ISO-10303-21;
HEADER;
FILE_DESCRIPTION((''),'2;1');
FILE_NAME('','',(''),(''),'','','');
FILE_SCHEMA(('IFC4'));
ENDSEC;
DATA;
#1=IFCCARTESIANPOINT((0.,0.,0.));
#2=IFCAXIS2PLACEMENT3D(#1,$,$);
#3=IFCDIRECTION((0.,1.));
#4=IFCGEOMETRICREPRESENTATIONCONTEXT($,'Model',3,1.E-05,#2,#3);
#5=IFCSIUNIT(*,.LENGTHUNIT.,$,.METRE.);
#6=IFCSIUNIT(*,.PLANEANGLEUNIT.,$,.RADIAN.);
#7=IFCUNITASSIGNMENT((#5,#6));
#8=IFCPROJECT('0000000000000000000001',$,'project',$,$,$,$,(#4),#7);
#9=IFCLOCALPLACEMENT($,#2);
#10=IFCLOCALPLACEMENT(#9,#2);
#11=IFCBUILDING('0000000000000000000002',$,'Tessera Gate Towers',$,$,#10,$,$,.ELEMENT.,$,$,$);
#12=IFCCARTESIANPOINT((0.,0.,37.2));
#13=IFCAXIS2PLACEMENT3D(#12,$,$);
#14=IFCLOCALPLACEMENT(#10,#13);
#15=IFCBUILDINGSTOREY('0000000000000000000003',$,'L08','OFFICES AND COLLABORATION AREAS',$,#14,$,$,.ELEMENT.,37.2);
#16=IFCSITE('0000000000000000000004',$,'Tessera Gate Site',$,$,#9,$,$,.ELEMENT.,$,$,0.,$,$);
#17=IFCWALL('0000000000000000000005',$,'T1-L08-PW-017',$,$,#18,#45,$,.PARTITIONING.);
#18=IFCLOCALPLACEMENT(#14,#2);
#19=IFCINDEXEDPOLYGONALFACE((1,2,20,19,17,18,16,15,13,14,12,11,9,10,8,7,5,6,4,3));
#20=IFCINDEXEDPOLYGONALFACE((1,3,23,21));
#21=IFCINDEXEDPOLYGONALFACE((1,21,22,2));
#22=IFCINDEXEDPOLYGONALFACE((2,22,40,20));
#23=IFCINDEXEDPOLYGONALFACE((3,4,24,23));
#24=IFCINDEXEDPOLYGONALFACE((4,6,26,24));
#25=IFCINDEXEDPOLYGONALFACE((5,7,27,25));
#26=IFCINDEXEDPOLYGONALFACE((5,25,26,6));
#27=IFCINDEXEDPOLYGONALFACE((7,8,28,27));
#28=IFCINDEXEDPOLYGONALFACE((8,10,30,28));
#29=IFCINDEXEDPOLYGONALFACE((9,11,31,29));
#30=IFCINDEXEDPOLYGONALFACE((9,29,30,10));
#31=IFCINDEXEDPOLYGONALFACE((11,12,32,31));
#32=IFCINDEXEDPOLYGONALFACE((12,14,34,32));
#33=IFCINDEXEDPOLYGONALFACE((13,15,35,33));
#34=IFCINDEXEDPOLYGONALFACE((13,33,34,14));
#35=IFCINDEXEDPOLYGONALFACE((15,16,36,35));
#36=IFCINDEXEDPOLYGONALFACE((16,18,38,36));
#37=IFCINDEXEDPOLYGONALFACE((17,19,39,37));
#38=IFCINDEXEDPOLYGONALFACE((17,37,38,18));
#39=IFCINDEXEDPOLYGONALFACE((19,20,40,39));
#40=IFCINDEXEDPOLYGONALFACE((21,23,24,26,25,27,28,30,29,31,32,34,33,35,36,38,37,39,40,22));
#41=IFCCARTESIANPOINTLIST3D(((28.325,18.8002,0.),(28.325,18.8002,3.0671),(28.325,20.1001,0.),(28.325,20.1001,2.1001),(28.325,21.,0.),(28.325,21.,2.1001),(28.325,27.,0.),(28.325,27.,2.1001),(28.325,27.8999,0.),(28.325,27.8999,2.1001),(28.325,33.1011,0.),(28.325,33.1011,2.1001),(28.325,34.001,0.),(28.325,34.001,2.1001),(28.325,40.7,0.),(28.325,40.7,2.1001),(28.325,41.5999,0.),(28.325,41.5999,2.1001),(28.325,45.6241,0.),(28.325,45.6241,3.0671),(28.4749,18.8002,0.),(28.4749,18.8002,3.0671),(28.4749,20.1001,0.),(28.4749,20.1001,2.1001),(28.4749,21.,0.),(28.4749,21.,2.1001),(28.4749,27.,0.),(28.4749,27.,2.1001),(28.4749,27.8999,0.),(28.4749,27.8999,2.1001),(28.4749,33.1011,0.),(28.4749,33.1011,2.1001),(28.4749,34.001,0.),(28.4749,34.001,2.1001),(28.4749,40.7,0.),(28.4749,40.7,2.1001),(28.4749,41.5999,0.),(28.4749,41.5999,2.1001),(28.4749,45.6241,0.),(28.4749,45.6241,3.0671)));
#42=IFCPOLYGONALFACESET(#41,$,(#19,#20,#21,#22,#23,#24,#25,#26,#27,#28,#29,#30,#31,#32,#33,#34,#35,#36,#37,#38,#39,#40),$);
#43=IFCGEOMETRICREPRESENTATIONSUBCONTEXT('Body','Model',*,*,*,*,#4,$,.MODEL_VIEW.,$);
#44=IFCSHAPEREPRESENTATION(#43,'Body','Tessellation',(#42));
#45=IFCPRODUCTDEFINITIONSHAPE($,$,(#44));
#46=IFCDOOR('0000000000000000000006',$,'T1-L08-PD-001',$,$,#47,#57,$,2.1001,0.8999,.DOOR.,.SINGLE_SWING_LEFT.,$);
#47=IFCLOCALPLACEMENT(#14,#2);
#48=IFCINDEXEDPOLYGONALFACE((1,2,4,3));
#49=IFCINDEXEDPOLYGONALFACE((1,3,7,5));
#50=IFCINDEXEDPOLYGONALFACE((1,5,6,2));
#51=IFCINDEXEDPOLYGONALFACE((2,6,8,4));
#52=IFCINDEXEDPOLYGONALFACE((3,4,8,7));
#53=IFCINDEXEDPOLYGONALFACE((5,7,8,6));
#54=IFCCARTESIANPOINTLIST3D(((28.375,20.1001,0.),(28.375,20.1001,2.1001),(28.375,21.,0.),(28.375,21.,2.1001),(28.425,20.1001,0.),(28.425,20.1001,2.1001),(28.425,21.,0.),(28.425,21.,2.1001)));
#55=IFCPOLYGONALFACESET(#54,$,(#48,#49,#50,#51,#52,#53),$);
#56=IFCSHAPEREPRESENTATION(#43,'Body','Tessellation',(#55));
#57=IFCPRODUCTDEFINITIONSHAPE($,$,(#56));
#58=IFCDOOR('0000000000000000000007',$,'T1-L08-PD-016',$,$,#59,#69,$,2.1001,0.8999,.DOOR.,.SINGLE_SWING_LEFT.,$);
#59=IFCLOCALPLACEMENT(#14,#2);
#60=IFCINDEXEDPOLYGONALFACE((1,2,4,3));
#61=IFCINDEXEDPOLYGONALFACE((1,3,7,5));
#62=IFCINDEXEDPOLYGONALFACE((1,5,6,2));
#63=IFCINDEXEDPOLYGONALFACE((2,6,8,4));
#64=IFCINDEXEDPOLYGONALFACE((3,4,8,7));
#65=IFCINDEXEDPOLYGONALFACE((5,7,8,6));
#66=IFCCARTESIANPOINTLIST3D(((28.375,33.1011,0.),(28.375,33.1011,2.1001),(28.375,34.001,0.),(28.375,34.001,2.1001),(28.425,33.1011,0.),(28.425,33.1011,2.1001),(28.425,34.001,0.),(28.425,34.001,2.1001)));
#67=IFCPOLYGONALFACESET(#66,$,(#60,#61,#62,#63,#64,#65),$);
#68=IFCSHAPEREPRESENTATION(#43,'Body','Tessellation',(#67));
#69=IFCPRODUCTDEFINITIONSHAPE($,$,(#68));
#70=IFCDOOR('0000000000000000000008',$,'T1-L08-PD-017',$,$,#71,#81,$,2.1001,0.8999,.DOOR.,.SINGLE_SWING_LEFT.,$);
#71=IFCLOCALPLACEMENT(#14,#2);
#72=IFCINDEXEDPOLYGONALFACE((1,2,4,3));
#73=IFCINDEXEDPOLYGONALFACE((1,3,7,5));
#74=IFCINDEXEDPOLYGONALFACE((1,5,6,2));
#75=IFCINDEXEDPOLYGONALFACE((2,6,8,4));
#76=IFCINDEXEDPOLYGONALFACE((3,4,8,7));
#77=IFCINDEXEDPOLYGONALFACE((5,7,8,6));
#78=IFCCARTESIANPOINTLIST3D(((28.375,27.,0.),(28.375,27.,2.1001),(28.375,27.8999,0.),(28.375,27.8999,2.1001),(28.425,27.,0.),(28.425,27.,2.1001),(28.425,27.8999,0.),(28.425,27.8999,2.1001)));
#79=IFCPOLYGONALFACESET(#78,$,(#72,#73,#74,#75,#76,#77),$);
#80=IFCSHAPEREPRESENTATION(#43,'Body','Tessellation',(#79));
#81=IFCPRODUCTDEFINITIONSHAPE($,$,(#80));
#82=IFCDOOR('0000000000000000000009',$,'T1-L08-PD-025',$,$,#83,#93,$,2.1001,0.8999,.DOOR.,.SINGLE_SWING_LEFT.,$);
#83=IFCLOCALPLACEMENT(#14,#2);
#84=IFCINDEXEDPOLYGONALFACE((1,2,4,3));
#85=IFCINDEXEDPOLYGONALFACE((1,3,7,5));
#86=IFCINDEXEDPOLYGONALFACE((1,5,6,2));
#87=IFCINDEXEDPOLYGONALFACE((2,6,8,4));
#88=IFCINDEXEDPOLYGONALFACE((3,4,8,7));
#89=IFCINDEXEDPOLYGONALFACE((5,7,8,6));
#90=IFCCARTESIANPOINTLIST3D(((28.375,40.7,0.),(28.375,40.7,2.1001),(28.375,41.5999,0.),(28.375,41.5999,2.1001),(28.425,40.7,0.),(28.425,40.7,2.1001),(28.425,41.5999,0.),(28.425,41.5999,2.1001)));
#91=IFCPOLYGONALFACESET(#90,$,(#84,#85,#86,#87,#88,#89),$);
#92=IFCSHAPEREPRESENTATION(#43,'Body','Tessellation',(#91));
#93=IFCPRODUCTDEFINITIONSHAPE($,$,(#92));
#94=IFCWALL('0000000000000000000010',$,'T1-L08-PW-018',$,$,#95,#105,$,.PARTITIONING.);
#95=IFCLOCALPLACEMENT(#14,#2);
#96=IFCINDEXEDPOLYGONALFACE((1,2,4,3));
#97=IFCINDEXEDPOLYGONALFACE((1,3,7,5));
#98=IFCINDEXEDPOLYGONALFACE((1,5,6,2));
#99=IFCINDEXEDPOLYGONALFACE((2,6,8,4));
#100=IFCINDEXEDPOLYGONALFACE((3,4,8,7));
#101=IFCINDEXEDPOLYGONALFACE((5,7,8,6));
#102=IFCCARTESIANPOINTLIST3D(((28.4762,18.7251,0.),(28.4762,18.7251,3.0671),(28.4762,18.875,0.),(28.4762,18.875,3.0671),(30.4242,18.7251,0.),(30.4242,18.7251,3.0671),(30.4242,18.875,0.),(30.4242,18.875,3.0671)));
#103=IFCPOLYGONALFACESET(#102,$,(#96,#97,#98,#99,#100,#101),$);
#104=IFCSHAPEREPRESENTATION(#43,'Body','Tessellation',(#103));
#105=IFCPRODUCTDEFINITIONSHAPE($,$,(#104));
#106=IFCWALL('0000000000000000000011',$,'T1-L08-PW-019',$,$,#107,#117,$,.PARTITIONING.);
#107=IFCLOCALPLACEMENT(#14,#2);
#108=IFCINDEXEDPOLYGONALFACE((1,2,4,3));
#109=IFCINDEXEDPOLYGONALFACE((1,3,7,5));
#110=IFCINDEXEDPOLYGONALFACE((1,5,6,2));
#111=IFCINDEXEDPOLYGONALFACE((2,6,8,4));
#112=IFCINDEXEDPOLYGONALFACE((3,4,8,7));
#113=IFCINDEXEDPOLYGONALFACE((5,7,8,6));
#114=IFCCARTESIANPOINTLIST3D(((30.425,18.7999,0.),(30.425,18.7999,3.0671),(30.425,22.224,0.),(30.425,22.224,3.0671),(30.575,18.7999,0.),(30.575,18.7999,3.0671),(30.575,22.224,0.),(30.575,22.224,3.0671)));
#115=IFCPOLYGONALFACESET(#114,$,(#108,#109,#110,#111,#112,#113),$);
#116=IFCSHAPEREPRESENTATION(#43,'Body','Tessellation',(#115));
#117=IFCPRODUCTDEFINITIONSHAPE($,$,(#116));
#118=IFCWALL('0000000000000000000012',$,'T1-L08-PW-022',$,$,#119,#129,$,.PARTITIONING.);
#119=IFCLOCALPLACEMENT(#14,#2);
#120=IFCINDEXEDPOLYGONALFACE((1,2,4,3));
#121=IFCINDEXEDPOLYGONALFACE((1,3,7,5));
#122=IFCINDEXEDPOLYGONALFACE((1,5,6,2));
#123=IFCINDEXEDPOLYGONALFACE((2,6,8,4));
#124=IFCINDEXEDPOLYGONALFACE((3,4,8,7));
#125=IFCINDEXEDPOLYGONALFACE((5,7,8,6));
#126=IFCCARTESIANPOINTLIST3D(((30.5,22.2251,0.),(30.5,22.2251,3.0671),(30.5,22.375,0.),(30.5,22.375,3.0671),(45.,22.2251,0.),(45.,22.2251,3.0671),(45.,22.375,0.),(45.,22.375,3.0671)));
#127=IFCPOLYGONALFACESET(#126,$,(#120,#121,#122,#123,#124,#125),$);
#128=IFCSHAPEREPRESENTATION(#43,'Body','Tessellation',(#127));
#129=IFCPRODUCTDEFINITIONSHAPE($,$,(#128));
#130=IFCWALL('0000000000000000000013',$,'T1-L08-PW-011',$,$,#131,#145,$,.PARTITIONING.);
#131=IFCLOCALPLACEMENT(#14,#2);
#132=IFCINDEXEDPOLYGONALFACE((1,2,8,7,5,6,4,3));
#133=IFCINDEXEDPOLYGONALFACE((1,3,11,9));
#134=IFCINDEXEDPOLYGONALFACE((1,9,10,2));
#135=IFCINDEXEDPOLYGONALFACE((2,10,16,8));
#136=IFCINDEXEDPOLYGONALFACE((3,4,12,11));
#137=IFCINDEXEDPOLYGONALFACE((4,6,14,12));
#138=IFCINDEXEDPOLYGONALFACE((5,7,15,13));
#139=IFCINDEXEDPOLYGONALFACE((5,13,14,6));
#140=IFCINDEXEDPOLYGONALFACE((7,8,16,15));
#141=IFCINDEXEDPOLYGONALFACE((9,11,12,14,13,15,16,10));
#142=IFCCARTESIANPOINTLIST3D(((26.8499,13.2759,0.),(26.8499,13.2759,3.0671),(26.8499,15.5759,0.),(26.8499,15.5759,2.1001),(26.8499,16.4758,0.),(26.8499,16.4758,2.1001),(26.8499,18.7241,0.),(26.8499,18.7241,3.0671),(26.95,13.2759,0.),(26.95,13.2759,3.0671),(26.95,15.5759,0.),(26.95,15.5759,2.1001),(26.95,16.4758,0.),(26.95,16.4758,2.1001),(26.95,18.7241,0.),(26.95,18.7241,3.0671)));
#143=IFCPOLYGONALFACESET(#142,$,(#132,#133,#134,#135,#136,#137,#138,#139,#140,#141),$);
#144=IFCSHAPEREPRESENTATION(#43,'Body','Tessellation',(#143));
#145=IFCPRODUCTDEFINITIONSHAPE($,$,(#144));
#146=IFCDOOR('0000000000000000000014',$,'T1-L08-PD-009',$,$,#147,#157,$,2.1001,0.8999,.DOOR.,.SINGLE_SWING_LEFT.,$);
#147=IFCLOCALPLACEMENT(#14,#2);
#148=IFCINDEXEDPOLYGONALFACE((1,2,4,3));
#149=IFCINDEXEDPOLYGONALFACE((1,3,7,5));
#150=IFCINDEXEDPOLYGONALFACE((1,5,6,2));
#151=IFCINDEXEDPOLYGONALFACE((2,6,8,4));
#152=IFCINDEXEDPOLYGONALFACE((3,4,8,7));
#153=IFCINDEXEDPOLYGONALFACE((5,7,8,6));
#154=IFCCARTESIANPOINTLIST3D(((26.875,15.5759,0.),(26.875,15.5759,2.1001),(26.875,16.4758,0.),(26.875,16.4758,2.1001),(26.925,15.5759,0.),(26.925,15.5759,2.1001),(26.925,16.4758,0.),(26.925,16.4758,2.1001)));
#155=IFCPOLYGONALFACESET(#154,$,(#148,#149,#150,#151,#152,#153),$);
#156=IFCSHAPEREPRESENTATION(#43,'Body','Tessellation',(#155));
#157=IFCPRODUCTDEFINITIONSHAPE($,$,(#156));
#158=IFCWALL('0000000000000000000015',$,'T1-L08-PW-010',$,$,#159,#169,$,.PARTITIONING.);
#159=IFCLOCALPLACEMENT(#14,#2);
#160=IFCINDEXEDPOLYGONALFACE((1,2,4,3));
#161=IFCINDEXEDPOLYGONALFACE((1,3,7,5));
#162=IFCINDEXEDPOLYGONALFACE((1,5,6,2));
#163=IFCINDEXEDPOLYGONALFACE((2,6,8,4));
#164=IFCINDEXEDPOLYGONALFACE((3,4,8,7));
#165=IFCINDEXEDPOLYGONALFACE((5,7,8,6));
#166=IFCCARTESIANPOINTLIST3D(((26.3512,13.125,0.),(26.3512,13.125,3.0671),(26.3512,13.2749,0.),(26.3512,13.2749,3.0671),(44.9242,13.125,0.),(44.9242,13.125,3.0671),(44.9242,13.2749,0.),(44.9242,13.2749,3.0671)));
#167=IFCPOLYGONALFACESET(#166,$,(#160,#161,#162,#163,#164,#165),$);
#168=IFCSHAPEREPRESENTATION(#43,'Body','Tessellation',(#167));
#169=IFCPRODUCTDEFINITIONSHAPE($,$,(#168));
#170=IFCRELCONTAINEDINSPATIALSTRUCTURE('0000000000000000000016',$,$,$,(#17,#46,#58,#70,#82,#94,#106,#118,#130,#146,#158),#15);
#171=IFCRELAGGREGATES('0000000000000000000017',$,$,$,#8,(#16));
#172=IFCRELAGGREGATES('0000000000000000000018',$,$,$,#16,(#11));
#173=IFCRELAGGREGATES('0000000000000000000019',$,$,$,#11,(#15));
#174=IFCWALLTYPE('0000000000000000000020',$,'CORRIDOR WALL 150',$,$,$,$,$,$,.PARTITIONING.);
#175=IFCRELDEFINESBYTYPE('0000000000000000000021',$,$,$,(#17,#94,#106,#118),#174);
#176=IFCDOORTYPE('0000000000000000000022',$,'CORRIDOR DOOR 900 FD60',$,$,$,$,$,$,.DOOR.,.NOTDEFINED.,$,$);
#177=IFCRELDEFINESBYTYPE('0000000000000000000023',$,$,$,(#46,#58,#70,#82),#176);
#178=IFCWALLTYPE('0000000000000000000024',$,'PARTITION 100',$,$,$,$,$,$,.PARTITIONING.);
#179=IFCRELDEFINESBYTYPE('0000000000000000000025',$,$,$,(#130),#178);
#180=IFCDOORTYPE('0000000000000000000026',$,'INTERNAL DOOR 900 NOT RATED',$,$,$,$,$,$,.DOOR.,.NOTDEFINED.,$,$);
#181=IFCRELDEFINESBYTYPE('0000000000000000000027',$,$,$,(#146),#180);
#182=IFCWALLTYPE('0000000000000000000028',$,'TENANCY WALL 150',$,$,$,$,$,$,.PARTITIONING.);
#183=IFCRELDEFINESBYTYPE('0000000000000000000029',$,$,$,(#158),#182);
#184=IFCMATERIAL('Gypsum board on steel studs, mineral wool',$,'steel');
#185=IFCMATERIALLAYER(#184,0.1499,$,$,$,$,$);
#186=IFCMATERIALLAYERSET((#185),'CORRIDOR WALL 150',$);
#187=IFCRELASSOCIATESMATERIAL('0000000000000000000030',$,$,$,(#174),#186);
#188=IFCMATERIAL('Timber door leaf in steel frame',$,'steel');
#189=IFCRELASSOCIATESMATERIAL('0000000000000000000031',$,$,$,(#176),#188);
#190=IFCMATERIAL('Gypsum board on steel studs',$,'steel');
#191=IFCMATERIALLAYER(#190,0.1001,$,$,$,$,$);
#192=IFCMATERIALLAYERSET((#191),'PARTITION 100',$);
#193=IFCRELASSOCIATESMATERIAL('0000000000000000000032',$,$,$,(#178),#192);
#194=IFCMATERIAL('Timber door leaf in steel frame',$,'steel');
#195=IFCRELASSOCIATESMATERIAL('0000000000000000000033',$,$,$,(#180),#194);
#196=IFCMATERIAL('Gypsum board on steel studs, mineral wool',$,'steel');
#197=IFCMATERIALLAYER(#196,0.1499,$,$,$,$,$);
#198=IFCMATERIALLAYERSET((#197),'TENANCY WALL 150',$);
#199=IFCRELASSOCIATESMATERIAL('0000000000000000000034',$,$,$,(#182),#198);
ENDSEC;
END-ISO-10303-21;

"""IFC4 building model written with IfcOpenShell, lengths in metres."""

from ifc_helpers import new_model, si_unit, direction, frame, frame_2d, origin, place, context, subcontext, project, spatial, rectangle, extrude, source, transform, mapped, material, layer, layer_set, type_object, element, fill, save


model = new_model("IFC4")

# Units and contexts
model_context = context("Model", 3, precision=1e-05, world=origin(), true_north=direction((0.0, 1.0)))
body_context = subcontext(model_context, "Body", "Model", "MODEL_VIEW")
ifc_project = project(units=[si_unit("LENGTHUNIT", "METRE"), si_unit("PLANEANGLEUNIT", "RADIAN")], contexts=[model_context])

# Site, building, storey
site_placement = place(None, origin())
site = spatial("IfcSite", under=ifc_project, at=site_placement, Name="Tessera Gate Site", CompositionType="ELEMENT", RefElevation=0.0)
building_placement = place(site_placement, origin())
building = spatial("IfcBuilding", under=site, at=building_placement, Name="Tessera Gate Towers", CompositionType="ELEMENT")
storey_placement = place(building_placement, frame((0.0, 0.0, 37.2)))
storey = spatial("IfcBuildingStorey", under=building, at=storey_placement, Name="L08", Description="OFFICES AND COLLABORATION AREAS", CompositionType="ELEMENT", Elevation=37.2)

# Wall, openings, doors
ifc_material_1 = material(Name="Gypsum board on steel studs, mineral wool", Category="steel")
ifc_layer_1 = layer(ifc_material_1, 0.1499)
ifc_layer_set_1 = layer_set([ifc_layer_1], Name="CORRIDOR WALL 150")
wall_type_1 = type_object("IfcWallType", Name="CORRIDOR WALL 150", PredefinedType="PARTITIONING", material=ifc_layer_set_1)
wall_1_placement = place(storey_placement, frame((28.3999, 18.8, 0.0), z_axis=(0.0, 0.0, 1.0), x_axis=(0.0, 1.0, 0.0)))
wall_1 = element("IfcWall", 1, at=wall_1_placement, inside=storey, type_object=wall_type_1, Name="T1-L08-PW-017", PredefinedType="PARTITIONING", context=body_context, shape_type="SweptSolid", body=[
    extrude(rectangle(XDim=26.824, YDim=0.1499, at=frame_2d((13.4121, 0.0))), origin(), (0.0, 0.0, 1.0), 3.0671),
])
shared_shape_1 = source(origin(), body_context, "Body", "SweptSolid", [
    extrude(rectangle(XDim=0.8999, YDim=2.1001, at=frame_2d((0.45, 1.05))), frame((0.0, 0.085, 0.0), z_axis=(0.0, -1.0, 0.0), x_axis=(1.0, 0.0, 0.0)), (0.0, 0.0, 1.0), 0.1699),
])
opening_1_placement = place(wall_1_placement, frame((1.3, 0.0, 0.0)))
opening_1 = element("IfcOpeningElement", 2, at=opening_1_placement, cuts=wall_1, PredefinedType="OPENING", context=body_context, shape_type="MappedRepresentation", body=[
    mapped(shared_shape_1, transform((0.0, 0.0, 0.0), scale=1.0)),
])
opening_2_placement = place(wall_1_placement, frame((14.301, 0.0, 0.0)))
opening_2 = element("IfcOpeningElement", 3, at=opening_2_placement, cuts=wall_1, PredefinedType="OPENING", context=body_context, shape_type="MappedRepresentation", body=[
    mapped(shared_shape_1, transform((0.0, 0.0, 0.0), scale=1.0)),
])
opening_3_placement = place(wall_1_placement, frame((8.2, 0.0, 0.0)))
opening_3 = element("IfcOpeningElement", 4, at=opening_3_placement, cuts=wall_1, PredefinedType="OPENING", context=body_context, shape_type="MappedRepresentation", body=[
    mapped(shared_shape_1, transform((0.0, 0.0, 0.0), scale=1.0)),
])
opening_4_placement = place(wall_1_placement, frame((21.8999, 0.0, 0.0)))
opening_4 = element("IfcOpeningElement", 5, at=opening_4_placement, cuts=wall_1, PredefinedType="OPENING", context=body_context, shape_type="MappedRepresentation", body=[
    mapped(shared_shape_1, transform((0.0, 0.0, 0.0), scale=1.0)),
])
ifc_material_2 = material(Name="Timber door leaf in steel frame", Category="steel")
door_type_1 = type_object("IfcDoorType", Name="CORRIDOR DOOR 900 FD60", OperationType="NOTDEFINED", PredefinedType="DOOR", material=ifc_material_2)
shared_shape_2 = source(origin(), body_context, "Body", "SweptSolid", [
    extrude(rectangle(XDim=0.8999, YDim=2.1001, at=frame_2d((0.45, 1.05))), frame((0.0, 0.0249, 0.0), z_axis=(0.0, -1.0, 0.0), x_axis=(1.0, 0.0, 0.0)), (0.0, 0.0, 1.0), 0.05),
])
door_1_placement = place(opening_1_placement, origin())
door_1 = element("IfcDoor", 6, at=door_1_placement, inside=storey, type_object=door_type_1, Name="T1-L08-PD-001", OperationType="SINGLE_SWING_LEFT", OverallHeight=2.1001, OverallWidth=0.8999, PredefinedType="DOOR", context=body_context, shape_type="MappedRepresentation", body=[
    mapped(shared_shape_2, transform((0.0, 0.0, 0.0), scale=1.0)),
])
fill(opening_1, door_1)
door_2_placement = place(opening_2_placement, origin())
door_2 = element("IfcDoor", 7, at=door_2_placement, inside=storey, type_object=door_type_1, Name="T1-L08-PD-016", OperationType="SINGLE_SWING_LEFT", OverallHeight=2.1001, OverallWidth=0.8999, PredefinedType="DOOR", context=body_context, shape_type="MappedRepresentation", body=[
    mapped(shared_shape_2, transform((0.0, 0.0, 0.0), scale=1.0)),
])
fill(opening_2, door_2)
door_3_placement = place(opening_3_placement, origin())
door_3 = element("IfcDoor", 8, at=door_3_placement, inside=storey, type_object=door_type_1, Name="T1-L08-PD-017", OperationType="SINGLE_SWING_LEFT", OverallHeight=2.1001, OverallWidth=0.8999, PredefinedType="DOOR", context=body_context, shape_type="MappedRepresentation", body=[
    mapped(shared_shape_2, transform((0.0, 0.0, 0.0), scale=1.0)),
])
fill(opening_3, door_3)
door_4_placement = place(opening_4_placement, origin())
door_4 = element("IfcDoor", 9, at=door_4_placement, inside=storey, type_object=door_type_1, Name="T1-L08-PD-025", OperationType="SINGLE_SWING_LEFT", OverallHeight=2.1001, OverallWidth=0.8999, PredefinedType="DOOR", context=body_context, shape_type="MappedRepresentation", body=[
    mapped(shared_shape_2, transform((0.0, 0.0, 0.0), scale=1.0)),
])
fill(opening_4, door_4)

# Walls
wall_2_placement = place(storey_placement, frame((28.4761, 18.8, 0.0), z_axis=(0.0, 0.0, 1.0), x_axis=(1.0, 0.0, 0.0)))
element("IfcWall", 10, at=wall_2_placement, inside=storey, type_object=wall_type_1, Name="T1-L08-PW-018", PredefinedType="PARTITIONING", context=body_context, shape_type="SweptSolid", body=[
    extrude(rectangle(XDim=1.948, YDim=0.1499, at=frame_2d((0.9741, 0.0))), origin(), (0.0, 0.0, 1.0), 3.0671),
])
wall_3_placement = place(storey_placement, frame((30.5, 18.8, 0.0), z_axis=(0.0, 0.0, 1.0), x_axis=(0.0, 1.0, 0.0)))
element("IfcWall", 11, at=wall_3_placement, inside=storey, type_object=wall_type_1, Name="T1-L08-PW-019", PredefinedType="PARTITIONING", context=body_context, shape_type="SweptSolid", body=[
    extrude(rectangle(XDim=3.4241, YDim=0.1499, at=frame_2d((1.7119, 0.0))), origin(), (0.0, 0.0, 1.0), 3.0671),
])
wall_4_placement = place(storey_placement, frame((30.5, 22.3, 0.0), z_axis=(0.0, 0.0, 1.0), x_axis=(1.0, 0.0, 0.0)))
element("IfcWall", 12, at=wall_4_placement, inside=storey, type_object=wall_type_1, Name="T1-L08-PW-022", PredefinedType="PARTITIONING", context=body_context, shape_type="SweptSolid", body=[
    extrude(rectangle(XDim=14.5, YDim=0.1499, at=frame_2d((7.25, 0.0))), origin(), (0.0, 0.0, 1.0), 3.0671),
])

# Wall, opening, door
ifc_material_3 = material(Name="Gypsum board on steel studs", Category="steel")
ifc_layer_2 = layer(ifc_material_3, 0.1001)
ifc_layer_set_2 = layer_set([ifc_layer_2], Name="PARTITION 100")
wall_type_2 = type_object("IfcWallType", Name="PARTITION 100", PredefinedType="PARTITIONING", material=ifc_layer_set_2)
wall_5_placement = place(storey_placement, frame((26.8999, 13.2759, 0.0), z_axis=(0.0, 0.0, 1.0), x_axis=(0.0, 1.0, 0.0)))
wall_5 = element("IfcWall", 13, at=wall_5_placement, inside=storey, type_object=wall_type_2, Name="T1-L08-PW-011", PredefinedType="PARTITIONING", context=body_context, shape_type="SweptSolid", body=[
    extrude(rectangle(XDim=5.4482, YDim=0.1001, at=frame_2d((2.7241, 0.0))), origin(), (0.0, 0.0, 1.0), 3.0671),
])
shared_shape_3 = source(origin(), body_context, "Body", "SweptSolid", [
    extrude(rectangle(XDim=0.8999, YDim=2.1001, at=frame_2d((0.45, 1.05))), frame((0.0, 0.0601, 0.0), z_axis=(0.0, -1.0, 0.0), x_axis=(1.0, 0.0, 0.0)), (0.0, 0.0, 1.0), 0.1201),
])
opening_5_placement = place(wall_5_placement, frame((2.3, 0.0, 0.0)))
opening_5 = element("IfcOpeningElement", 14, at=opening_5_placement, cuts=wall_5, PredefinedType="OPENING", context=body_context, shape_type="MappedRepresentation", body=[
    mapped(shared_shape_3, transform((0.0, 0.0, 0.0), scale=1.0)),
])
ifc_material_4 = material(Name="Timber door leaf in steel frame", Category="steel")
door_type_2 = type_object("IfcDoorType", Name="INTERNAL DOOR 900 NOT RATED", OperationType="NOTDEFINED", PredefinedType="DOOR", material=ifc_material_4)
door_5_placement = place(opening_5_placement, origin())
door_5 = element("IfcDoor", 15, at=door_5_placement, inside=storey, type_object=door_type_2, Name="T1-L08-PD-009", OperationType="SINGLE_SWING_LEFT", OverallHeight=2.1001, OverallWidth=0.8999, PredefinedType="DOOR", context=body_context, shape_type="MappedRepresentation", body=[
    mapped(shared_shape_2, transform((0.0, 0.0, 0.0), scale=1.0)),
])
fill(opening_5, door_5)

# Wall
ifc_material_5 = material(Name="Gypsum board on steel studs, mineral wool", Category="steel")
ifc_layer_3 = layer(ifc_material_5, 0.1499)
ifc_layer_set_3 = layer_set([ifc_layer_3], Name="TENANCY WALL 150")
wall_type_3 = type_object("IfcWallType", Name="TENANCY WALL 150", PredefinedType="PARTITIONING", material=ifc_layer_set_3)
wall_6_placement = place(storey_placement, frame((26.3511, 13.2, 0.0), z_axis=(0.0, 0.0, 1.0), x_axis=(1.0, 0.0, 0.0)))
element("IfcWall", 16, at=wall_6_placement, inside=storey, type_object=wall_type_3, Name="T1-L08-PW-010", PredefinedType="PARTITIONING", context=body_context, shape_type="SweptSolid", body=[
    extrude(rectangle(XDim=18.573, YDim=0.1499, at=frame_2d((9.2866, 0.0))), origin(), (0.0, 0.0, 1.0), 3.0671),
])

save(model, "model.ifc")
